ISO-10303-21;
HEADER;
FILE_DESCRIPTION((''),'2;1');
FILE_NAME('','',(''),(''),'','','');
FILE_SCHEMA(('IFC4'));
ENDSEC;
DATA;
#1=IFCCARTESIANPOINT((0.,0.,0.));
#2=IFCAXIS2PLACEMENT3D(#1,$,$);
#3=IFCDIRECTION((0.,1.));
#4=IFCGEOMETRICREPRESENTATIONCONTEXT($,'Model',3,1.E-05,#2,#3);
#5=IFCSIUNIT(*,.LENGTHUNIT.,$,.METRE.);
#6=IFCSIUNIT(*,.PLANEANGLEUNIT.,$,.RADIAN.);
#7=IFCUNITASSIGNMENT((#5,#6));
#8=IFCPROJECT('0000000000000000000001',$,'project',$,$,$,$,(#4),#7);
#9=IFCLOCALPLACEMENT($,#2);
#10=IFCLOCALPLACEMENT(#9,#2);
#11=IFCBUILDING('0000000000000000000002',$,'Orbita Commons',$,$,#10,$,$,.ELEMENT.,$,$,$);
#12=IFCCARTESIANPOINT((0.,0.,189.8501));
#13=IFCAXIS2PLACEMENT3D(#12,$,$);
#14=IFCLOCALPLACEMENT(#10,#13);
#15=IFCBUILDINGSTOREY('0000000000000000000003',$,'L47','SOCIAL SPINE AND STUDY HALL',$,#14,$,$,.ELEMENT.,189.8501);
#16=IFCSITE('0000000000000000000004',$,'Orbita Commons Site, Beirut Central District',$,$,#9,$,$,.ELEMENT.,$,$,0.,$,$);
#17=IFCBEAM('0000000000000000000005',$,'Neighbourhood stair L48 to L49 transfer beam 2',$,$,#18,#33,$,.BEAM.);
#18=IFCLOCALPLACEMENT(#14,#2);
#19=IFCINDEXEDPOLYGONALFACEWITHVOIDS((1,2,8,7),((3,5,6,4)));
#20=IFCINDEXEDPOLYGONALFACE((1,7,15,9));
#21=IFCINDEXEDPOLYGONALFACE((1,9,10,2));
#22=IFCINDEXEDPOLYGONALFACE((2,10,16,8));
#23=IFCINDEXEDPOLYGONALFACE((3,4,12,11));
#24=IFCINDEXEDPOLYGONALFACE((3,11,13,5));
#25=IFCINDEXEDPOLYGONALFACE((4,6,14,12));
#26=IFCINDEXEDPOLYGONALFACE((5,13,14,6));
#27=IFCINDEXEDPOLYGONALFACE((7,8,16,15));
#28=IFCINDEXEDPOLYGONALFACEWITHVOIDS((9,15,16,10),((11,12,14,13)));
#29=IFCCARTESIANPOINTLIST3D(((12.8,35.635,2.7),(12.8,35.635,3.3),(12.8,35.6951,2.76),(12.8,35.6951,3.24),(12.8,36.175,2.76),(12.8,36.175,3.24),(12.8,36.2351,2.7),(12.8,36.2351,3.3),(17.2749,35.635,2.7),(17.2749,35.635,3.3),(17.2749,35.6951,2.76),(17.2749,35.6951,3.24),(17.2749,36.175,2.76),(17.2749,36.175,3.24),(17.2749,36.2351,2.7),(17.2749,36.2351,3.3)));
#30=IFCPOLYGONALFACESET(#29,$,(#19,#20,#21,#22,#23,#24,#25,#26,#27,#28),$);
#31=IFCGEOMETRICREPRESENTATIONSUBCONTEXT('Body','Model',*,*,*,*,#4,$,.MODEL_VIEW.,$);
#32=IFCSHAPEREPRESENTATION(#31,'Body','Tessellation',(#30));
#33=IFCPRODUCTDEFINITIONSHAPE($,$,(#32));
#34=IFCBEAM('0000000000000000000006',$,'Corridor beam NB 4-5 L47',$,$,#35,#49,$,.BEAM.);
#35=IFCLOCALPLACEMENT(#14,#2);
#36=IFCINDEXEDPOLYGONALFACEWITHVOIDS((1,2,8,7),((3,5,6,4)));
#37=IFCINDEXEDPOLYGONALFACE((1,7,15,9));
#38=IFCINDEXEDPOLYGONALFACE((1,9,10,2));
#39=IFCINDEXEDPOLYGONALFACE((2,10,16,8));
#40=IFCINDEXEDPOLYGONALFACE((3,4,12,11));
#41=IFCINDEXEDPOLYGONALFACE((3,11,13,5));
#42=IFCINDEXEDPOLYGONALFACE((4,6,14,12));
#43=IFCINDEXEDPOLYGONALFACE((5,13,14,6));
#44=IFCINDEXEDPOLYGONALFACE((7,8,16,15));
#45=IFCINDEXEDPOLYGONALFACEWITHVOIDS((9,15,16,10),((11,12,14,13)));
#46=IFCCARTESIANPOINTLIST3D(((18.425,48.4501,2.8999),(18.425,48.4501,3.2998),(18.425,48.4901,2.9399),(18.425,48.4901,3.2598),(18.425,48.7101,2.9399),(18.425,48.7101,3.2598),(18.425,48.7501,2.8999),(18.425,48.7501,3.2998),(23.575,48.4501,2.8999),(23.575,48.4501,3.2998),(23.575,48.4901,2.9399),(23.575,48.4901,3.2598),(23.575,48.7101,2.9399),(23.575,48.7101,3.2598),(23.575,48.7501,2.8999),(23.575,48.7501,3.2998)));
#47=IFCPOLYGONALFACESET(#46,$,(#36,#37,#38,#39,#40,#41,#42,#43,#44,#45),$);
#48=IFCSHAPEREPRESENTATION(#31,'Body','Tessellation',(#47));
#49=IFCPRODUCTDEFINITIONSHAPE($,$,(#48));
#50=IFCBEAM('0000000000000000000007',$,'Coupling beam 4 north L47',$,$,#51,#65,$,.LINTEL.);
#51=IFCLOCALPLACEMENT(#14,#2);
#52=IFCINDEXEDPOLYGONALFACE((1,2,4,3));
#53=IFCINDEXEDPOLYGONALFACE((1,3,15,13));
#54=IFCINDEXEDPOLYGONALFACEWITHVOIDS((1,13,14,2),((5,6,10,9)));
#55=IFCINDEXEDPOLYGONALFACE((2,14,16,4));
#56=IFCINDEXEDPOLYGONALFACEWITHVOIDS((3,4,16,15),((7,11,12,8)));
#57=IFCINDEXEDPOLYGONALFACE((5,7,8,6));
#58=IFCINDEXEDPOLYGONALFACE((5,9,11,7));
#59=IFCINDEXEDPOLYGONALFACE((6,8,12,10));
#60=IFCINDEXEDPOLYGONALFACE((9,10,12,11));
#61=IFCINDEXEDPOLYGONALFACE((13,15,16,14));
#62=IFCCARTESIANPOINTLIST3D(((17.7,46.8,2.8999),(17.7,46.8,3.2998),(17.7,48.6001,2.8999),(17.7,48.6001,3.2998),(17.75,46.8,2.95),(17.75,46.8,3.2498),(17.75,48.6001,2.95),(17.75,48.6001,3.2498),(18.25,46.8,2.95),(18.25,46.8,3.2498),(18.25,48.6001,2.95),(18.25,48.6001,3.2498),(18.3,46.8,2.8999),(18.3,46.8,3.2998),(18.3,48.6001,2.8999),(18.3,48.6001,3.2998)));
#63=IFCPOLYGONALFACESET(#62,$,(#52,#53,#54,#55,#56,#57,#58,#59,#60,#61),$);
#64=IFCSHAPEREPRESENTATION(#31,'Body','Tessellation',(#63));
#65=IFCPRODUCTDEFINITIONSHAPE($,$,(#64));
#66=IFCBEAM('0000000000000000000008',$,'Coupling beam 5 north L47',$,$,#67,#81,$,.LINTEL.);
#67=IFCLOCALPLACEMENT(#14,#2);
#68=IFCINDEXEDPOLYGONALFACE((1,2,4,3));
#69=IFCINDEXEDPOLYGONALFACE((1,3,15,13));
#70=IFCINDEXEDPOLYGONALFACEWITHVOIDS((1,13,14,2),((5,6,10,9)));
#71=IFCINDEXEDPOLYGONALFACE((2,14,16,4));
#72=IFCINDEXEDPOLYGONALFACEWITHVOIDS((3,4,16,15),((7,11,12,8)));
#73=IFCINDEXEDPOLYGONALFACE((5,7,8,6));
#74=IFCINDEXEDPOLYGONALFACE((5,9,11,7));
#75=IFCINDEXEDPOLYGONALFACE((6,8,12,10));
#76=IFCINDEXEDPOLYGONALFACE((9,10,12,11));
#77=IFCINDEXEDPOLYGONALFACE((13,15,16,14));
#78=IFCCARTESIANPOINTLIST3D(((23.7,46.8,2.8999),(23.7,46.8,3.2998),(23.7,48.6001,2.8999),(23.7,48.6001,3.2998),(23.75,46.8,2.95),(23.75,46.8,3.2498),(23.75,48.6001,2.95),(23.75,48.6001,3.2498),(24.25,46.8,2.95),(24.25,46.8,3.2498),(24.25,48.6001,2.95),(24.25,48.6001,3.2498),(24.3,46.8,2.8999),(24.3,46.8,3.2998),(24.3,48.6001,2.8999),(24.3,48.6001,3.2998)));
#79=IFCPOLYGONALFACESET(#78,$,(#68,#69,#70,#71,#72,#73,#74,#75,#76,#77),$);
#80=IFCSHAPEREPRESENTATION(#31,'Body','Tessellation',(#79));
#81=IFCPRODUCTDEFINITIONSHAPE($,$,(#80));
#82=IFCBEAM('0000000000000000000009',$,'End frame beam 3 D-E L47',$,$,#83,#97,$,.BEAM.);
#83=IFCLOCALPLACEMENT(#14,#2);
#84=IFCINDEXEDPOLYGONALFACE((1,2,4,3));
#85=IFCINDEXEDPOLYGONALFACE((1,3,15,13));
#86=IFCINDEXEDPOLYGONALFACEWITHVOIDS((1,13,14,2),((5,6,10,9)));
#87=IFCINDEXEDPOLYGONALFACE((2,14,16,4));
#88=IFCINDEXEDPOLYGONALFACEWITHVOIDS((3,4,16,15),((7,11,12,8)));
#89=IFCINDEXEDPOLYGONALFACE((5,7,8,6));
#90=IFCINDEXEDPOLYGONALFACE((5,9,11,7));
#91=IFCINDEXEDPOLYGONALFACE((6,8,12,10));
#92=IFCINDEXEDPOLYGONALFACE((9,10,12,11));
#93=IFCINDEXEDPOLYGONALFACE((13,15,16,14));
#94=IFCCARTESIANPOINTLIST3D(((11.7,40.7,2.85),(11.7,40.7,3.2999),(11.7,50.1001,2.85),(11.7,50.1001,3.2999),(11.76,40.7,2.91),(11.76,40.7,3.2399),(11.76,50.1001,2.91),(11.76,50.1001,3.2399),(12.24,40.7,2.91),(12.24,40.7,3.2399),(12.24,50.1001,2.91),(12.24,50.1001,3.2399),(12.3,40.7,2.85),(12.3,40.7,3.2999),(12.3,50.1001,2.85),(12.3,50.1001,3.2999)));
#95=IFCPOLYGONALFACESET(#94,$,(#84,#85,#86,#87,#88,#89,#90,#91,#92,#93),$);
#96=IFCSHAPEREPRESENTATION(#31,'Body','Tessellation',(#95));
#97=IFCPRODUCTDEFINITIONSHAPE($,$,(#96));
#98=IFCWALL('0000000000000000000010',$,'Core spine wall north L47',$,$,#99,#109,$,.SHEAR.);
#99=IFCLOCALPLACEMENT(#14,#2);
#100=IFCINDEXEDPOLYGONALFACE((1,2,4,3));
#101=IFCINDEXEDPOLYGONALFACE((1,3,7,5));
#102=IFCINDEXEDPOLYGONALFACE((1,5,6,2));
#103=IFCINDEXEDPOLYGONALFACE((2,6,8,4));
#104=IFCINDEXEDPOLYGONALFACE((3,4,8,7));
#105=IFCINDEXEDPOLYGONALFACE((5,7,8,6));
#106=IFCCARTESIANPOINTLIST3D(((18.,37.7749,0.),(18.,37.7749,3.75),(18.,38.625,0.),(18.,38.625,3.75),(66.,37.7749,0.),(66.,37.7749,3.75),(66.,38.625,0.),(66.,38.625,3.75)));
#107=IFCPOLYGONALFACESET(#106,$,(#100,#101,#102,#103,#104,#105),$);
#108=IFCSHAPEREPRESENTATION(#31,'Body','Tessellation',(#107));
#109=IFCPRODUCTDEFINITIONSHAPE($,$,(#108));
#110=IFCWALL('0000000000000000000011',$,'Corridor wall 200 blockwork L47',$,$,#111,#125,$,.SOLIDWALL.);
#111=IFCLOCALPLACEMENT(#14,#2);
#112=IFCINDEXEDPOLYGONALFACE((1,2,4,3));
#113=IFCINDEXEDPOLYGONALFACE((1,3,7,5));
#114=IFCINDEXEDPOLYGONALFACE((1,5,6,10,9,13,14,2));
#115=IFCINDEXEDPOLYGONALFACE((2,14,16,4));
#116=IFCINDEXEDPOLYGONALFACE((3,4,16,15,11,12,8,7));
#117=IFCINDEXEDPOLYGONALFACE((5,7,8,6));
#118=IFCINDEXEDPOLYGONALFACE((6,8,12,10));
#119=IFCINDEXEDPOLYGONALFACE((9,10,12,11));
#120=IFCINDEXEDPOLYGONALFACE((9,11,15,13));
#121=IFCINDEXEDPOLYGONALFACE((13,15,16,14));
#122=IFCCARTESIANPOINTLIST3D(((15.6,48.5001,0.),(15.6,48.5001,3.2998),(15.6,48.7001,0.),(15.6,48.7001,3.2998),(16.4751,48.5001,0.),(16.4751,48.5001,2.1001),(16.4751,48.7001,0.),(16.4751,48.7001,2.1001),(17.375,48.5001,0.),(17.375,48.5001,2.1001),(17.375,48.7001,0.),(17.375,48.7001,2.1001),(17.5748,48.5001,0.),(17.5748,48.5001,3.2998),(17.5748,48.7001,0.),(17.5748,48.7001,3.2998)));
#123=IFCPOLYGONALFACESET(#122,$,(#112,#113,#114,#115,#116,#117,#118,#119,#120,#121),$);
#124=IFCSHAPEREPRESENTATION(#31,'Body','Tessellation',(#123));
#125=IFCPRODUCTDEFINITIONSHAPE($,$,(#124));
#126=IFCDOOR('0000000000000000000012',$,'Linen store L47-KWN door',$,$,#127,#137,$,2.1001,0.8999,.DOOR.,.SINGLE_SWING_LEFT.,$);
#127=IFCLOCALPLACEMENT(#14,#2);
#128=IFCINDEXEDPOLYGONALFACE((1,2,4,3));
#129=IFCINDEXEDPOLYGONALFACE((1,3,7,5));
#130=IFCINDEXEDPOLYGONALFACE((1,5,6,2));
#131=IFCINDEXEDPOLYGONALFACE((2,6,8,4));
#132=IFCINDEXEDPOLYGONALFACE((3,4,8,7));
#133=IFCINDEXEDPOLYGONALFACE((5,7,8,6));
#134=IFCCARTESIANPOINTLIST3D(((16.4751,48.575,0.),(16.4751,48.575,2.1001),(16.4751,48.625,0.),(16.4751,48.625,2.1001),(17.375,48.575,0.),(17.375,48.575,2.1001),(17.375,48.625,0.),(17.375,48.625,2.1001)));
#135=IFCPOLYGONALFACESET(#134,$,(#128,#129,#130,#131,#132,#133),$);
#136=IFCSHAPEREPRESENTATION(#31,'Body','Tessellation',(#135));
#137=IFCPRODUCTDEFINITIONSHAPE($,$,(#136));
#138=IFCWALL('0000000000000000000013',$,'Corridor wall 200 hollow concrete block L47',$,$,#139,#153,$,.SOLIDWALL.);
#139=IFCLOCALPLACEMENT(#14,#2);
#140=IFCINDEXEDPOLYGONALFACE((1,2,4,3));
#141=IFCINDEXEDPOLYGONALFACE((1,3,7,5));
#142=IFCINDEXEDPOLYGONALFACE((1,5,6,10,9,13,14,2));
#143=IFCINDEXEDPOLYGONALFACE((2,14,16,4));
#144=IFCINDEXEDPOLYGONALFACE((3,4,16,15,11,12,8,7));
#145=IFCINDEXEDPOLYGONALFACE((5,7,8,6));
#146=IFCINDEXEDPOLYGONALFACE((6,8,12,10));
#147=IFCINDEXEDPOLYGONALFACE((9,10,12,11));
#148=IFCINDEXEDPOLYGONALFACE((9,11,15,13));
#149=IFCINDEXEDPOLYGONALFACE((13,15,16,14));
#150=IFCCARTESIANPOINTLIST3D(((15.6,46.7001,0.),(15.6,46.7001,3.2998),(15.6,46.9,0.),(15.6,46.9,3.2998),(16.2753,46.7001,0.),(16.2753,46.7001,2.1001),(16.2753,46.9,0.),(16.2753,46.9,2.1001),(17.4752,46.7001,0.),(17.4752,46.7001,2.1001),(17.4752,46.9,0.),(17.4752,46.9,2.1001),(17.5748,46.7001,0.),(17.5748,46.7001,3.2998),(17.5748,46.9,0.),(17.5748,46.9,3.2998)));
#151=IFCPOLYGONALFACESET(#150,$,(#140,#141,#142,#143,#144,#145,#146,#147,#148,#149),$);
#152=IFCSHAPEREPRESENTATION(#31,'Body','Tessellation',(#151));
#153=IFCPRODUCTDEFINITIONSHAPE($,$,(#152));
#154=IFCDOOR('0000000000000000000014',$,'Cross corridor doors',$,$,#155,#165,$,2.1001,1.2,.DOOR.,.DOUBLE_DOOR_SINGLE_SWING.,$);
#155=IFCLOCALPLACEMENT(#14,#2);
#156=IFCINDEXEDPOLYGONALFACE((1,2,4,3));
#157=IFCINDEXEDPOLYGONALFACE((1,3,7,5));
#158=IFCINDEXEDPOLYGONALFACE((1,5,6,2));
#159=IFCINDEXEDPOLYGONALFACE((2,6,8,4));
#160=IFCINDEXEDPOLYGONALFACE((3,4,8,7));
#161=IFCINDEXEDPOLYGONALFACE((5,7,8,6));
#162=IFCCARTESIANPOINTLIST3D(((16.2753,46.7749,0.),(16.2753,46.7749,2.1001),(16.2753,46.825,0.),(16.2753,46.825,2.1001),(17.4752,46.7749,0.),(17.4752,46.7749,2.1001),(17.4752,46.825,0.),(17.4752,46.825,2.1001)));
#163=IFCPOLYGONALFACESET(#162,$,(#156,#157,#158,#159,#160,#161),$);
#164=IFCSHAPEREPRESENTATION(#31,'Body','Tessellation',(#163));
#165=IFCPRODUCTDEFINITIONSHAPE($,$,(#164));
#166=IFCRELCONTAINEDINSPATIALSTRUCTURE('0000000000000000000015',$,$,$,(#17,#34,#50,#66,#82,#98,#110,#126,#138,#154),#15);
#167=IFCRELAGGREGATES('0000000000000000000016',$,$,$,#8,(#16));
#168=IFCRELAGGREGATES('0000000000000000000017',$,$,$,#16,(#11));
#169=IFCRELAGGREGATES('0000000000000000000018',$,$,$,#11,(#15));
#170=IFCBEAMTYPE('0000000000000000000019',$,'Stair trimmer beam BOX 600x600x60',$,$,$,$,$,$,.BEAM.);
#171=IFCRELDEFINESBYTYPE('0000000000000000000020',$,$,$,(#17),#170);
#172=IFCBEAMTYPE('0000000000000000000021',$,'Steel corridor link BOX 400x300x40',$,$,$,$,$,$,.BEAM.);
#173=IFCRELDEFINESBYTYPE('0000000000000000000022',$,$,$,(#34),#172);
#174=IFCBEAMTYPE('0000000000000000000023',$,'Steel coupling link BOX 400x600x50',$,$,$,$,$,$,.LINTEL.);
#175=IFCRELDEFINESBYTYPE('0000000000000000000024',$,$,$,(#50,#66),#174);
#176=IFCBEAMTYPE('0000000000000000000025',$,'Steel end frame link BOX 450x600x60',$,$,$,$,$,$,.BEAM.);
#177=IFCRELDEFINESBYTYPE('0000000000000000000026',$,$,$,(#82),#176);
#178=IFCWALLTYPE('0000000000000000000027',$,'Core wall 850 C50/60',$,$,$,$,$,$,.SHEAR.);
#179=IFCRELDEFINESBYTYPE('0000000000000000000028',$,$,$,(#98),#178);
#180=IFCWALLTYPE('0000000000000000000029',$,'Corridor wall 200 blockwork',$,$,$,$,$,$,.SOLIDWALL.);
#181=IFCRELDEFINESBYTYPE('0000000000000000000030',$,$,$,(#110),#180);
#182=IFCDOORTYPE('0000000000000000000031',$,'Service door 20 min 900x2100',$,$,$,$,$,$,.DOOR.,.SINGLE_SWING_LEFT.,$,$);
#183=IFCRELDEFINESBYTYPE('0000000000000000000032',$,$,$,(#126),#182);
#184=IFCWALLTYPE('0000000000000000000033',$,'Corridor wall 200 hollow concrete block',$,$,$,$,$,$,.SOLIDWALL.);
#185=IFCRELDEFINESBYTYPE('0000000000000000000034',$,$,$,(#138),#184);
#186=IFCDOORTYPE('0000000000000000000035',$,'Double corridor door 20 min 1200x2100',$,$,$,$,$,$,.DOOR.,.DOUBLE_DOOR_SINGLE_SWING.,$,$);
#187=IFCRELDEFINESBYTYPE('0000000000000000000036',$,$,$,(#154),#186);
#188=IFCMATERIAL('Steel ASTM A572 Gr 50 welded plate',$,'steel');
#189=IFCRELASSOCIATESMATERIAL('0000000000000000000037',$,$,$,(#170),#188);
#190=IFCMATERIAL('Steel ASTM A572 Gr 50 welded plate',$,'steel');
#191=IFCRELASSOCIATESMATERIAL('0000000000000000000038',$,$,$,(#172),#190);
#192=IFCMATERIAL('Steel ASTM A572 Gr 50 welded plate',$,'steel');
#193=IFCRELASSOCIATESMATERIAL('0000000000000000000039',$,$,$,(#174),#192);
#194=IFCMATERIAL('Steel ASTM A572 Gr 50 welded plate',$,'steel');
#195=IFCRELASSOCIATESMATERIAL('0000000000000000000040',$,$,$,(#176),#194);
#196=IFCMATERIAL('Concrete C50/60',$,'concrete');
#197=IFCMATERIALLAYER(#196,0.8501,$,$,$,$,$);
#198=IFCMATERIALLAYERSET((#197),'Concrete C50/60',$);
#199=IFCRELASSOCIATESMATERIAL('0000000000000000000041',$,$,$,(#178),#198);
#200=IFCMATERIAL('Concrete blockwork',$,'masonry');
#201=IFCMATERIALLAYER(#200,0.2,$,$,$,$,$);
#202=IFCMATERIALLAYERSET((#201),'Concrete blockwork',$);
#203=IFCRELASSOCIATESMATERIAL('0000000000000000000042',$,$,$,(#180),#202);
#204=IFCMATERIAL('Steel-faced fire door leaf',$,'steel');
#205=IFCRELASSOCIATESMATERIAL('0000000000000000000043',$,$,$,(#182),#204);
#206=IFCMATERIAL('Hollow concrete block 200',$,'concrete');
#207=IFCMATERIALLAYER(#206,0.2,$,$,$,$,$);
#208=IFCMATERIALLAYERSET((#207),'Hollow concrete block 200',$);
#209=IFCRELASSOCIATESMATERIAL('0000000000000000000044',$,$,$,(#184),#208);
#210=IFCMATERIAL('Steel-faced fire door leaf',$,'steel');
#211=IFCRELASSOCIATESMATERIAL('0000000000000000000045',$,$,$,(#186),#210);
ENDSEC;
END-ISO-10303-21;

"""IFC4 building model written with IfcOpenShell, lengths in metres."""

from ifc_helpers import new_model, si_unit, direction, frame, frame_2d, origin, origin_2d, place, context, subcontext, project, spatial, rectangle, hollow_rectangle, extrude, material, layer, layer_set, material_profile, profile_set, type_object, element, fill, save


model = new_model("IFC4")

# Units and contexts
model_context = context("Model", 3, precision=1e-05, world=origin(), true_north=direction((0.0, 1.0)))
body_context = subcontext(model_context, "Body", "Model", "MODEL_VIEW")
ifc_project = project(units=[si_unit("LENGTHUNIT", "METRE"), si_unit("PLANEANGLEUNIT", "RADIAN")], contexts=[model_context])

# Site, building, storey
site_placement = place(None, origin())
site = spatial("IfcSite", under=ifc_project, at=site_placement, Name="Orbita Commons Site, Beirut Central District", CompositionType="ELEMENT", RefElevation=0.0)
building_placement = place(site_placement, origin())
building = spatial("IfcBuilding", under=site, at=building_placement, Name="Orbita Commons", CompositionType="ELEMENT")
storey_placement = place(building_placement, frame((0.0, 0.0, 189.8501)))
storey = spatial("IfcBuildingStorey", under=building, at=storey_placement, Name="L47", Description="SOCIAL SPINE AND STUDY HALL", CompositionType="ELEMENT", Elevation=189.8501)

# Beams
ifc_material_1 = material(Name="Steel ASTM A572 Gr 50 welded plate", Category="steel")
ifc_material_profile_1 = material_profile(ifc_material_1, hollow_rectangle(XDim=0.6001, YDim=0.6001, WallThickness=0.0601, at=origin_2d()), Name="BOX 600x600x60")
ifc_profile_set_1 = profile_set([ifc_material_profile_1], Name="Steel ASTM A572 Gr 50 welded plate")
beam_type_1 = type_object("IfcBeamType", Name="Stair trimmer beam BOX 600x600x60", PredefinedType="BEAM", material=ifc_profile_set_1)
beam_1_placement = place(storey_placement, frame((12.8, 35.9351, 3.0), z_axis=(1.0, 0.0, 0.0), x_axis=(0.0, 1.0, 0.0)))
element("IfcBeam", 1, at=beam_1_placement, inside=storey, type_object=beam_type_1, Name="Neighbourhood stair L48 to L49 transfer beam 2", PredefinedType="BEAM", context=body_context, shape_type="SweptSolid", body=[
    extrude(hollow_rectangle(XDim=0.6001, YDim=0.6001, WallThickness=0.0601, at=origin_2d()), origin(), (0.0, 0.0, 1.0), 4.4749),
])
ifc_material_2 = material(Name="Steel ASTM A572 Gr 50 welded plate", Category="steel")
ifc_material_profile_2 = material_profile(ifc_material_2, hollow_rectangle(XDim=0.3, YDim=0.3999, WallThickness=0.04, at=origin_2d()), Name="BOX 400x300x40")
ifc_profile_set_2 = profile_set([ifc_material_profile_2], Name="Steel ASTM A572 Gr 50 welded plate")
beam_type_2 = type_object("IfcBeamType", Name="Steel corridor link BOX 400x300x40", PredefinedType="BEAM", material=ifc_profile_set_2)
beam_2_placement = place(storey_placement, frame((18.425, 48.6001, 3.0999), z_axis=(1.0, 0.0, 0.0), x_axis=(0.0, 1.0, 0.0)))
element("IfcBeam", 2, at=beam_2_placement, inside=storey, type_object=beam_type_2, Name="Corridor beam NB 4-5 L47", PredefinedType="BEAM", context=body_context, shape_type="SweptSolid", body=[
    extrude(hollow_rectangle(XDim=0.3, YDim=0.3999, WallThickness=0.04, at=origin_2d()), origin(), (0.0, 0.0, 1.0), 5.1499),
])
ifc_material_3 = material(Name="Steel ASTM A572 Gr 50 welded plate", Category="steel")
ifc_material_profile_3 = material_profile(ifc_material_3, hollow_rectangle(XDim=0.6001, YDim=0.3999, WallThickness=0.05, at=origin_2d()), Name="BOX 400x600x50")
ifc_profile_set_3 = profile_set([ifc_material_profile_3], Name="Steel ASTM A572 Gr 50 welded plate")
beam_type_3 = type_object("IfcBeamType", Name="Steel coupling link BOX 400x600x50", PredefinedType="LINTEL", material=ifc_profile_set_3)
for number, where, z_axis, x_axis, name in (
    (3, (18.0, 46.8, 3.0999), (0.0, 1.0, 0.0), (-1.0, 0.0, 0.0), "Coupling beam 4 north L47"),
    (4, (24.0, 46.8, 3.0999), (0.0, 1.0, 0.0), (-1.0, 0.0, 0.0), "Coupling beam 5 north L47"),
):
    element("IfcBeam", number, at=place(storey_placement, frame(where, z_axis=z_axis, x_axis=x_axis)), inside=storey, type_object=beam_type_3, Name=name, PredefinedType="LINTEL", context=body_context, shape_type="SweptSolid", body=[
        extrude(hollow_rectangle(XDim=0.6001, YDim=0.3999, WallThickness=0.05, at=origin_2d()), origin(), (0.0, 0.0, 1.0), 1.8),
    ])
ifc_material_4 = material(Name="Steel ASTM A572 Gr 50 welded plate", Category="steel")
ifc_material_profile_4 = material_profile(ifc_material_4, hollow_rectangle(XDim=0.6001, YDim=0.45, WallThickness=0.0601, at=origin_2d()), Name="BOX 450x600x60")
ifc_profile_set_4 = profile_set([ifc_material_profile_4], Name="Steel ASTM A572 Gr 50 welded plate")
beam_type_4 = type_object("IfcBeamType", Name="Steel end frame link BOX 450x600x60", PredefinedType="BEAM", material=ifc_profile_set_4)
beam_3_placement = place(storey_placement, frame((12.0, 40.7, 3.075), z_axis=(0.0, 1.0, 0.0), x_axis=(-1.0, 0.0, 0.0)))
element("IfcBeam", 5, at=beam_3_placement, inside=storey, type_object=beam_type_4, Name="End frame beam 3 D-E L47", PredefinedType="BEAM", context=body_context, shape_type="SweptSolid", body=[
    extrude(hollow_rectangle(XDim=0.6001, YDim=0.45, WallThickness=0.0601, at=origin_2d()), origin(), (0.0, 0.0, 1.0), 9.4001),
])

# Wall
ifc_material_5 = material(Name="Concrete C50/60", Category="concrete")
ifc_layer_1 = layer(ifc_material_5, 0.8501)
ifc_layer_set_1 = layer_set([ifc_layer_1], Name="Concrete C50/60")
wall_type_1 = type_object("IfcWallType", Name="Core wall 850 C50/60", PredefinedType="SHEAR", material=ifc_layer_set_1)
wall_1_placement = place(storey_placement, frame((18.0, 38.2, 0.0), z_axis=(0.0, 0.0, 1.0), x_axis=(1.0, 0.0, 0.0)))
element("IfcWall", 6, at=wall_1_placement, inside=storey, type_object=wall_type_1, Name="Core spine wall north L47", PredefinedType="SHEAR", context=body_context, shape_type="SweptSolid", body=[
    extrude(rectangle(XDim=48.0, YDim=0.8501, at=frame_2d((24.0, 0.0))), origin(), (0.0, 0.0, 1.0), 3.75),
])

# Walls, openings, doors
ifc_material_6 = material(Name="Concrete blockwork", Category="masonry")
ifc_layer_2 = layer(ifc_material_6, 0.2)
ifc_layer_set_2 = layer_set([ifc_layer_2], Name="Concrete blockwork")
wall_type_2 = type_object("IfcWallType", Name="Corridor wall 200 blockwork", PredefinedType="SOLIDWALL", material=ifc_layer_set_2)
wall_2_placement = place(storey_placement, frame((15.6001, 48.6001, 0.0), z_axis=(0.0, 0.0, 1.0), x_axis=(1.0, 0.0, 0.0)))
wall_2 = element("IfcWall", 7, at=wall_2_placement, inside=storey, type_object=wall_type_2, Name="Corridor wall 200 blockwork L47", PredefinedType="SOLIDWALL", context=body_context, shape_type="SweptSolid", body=[
    extrude(rectangle(XDim=1.9749, YDim=0.2, at=frame_2d((0.9873, 0.0))), origin(), (0.0, 0.0, 1.0), 3.2998),
])
opening_1_placement = place(wall_2_placement, frame((0.875, 0.0, 0.0)))
opening_1 = element("IfcOpeningElement", 8, at=opening_1_placement, cuts=wall_2, PredefinedType="OPENING", context=body_context, shape_type="SweptSolid", body=[
    extrude(rectangle(XDim=0.8999, YDim=2.1001, at=frame_2d((0.45, 1.05))), frame((0.0, 0.1099, 0.0), z_axis=(0.0, -1.0, 0.0), x_axis=(1.0, 0.0, 0.0)), (0.0, 0.0, 1.0), 0.22),
])
ifc_material_7 = material(Name="Steel-faced fire door leaf", Category="steel")
door_type_1 = type_object("IfcDoorType", Name="Service door 20 min 900x2100", OperationType="SINGLE_SWING_LEFT", PredefinedType="DOOR", material=ifc_material_7)
door_1_placement = place(opening_1_placement, origin())
door_1 = element("IfcDoor", 9, at=door_1_placement, inside=storey, type_object=door_type_1, Name="Linen store L47-KWN door", OperationType="SINGLE_SWING_LEFT", OverallHeight=2.1001, OverallWidth=0.8999, PredefinedType="DOOR", context=body_context, shape_type="SweptSolid", body=[
    extrude(rectangle(XDim=0.8999, YDim=2.1001, at=frame_2d((0.45, 1.05))), frame((0.0, 0.0249, 0.0), z_axis=(0.0, -1.0, 0.0), x_axis=(1.0, 0.0, 0.0)), (0.0, 0.0, 1.0), 0.05),
])
fill(opening_1, door_1)
ifc_material_8 = material(Name="Hollow concrete block 200", Category="concrete")
ifc_layer_3 = layer(ifc_material_8, 0.2)
ifc_layer_set_3 = layer_set([ifc_layer_3], Name="Hollow concrete block 200")
wall_type_3 = type_object("IfcWallType", Name="Corridor wall 200 hollow concrete block", PredefinedType="SOLIDWALL", material=ifc_layer_set_3)
wall_3_placement = place(storey_placement, frame((15.6001, 46.8, 0.0), z_axis=(0.0, 0.0, 1.0), x_axis=(1.0, 0.0, 0.0)))
wall_3 = element("IfcWall", 10, at=wall_3_placement, inside=storey, type_object=wall_type_3, Name="Corridor wall 200 hollow concrete block L47", PredefinedType="SOLIDWALL", context=body_context, shape_type="SweptSolid", body=[
    extrude(rectangle(XDim=1.9749, YDim=0.2, at=frame_2d((0.9873, 0.0))), origin(), (0.0, 0.0, 1.0), 3.2998),
])
opening_2_placement = place(wall_3_placement, frame((0.675, 0.0, 0.0)))
opening_2 = element("IfcOpeningElement", 11, at=opening_2_placement, cuts=wall_3, PredefinedType="OPENING", context=body_context, shape_type="SweptSolid", body=[
    extrude(rectangle(XDim=1.2, YDim=2.1001, at=frame_2d((0.6001, 1.05))), frame((0.0, 0.1099, 0.0), z_axis=(0.0, -1.0, 0.0), x_axis=(1.0, 0.0, 0.0)), (0.0, 0.0, 1.0), 0.22),
])
ifc_material_9 = material(Name="Steel-faced fire door leaf", Category="steel")
door_type_2 = type_object("IfcDoorType", Name="Double corridor door 20 min 1200x2100", OperationType="DOUBLE_DOOR_SINGLE_SWING", PredefinedType="DOOR", material=ifc_material_9)
door_2_placement = place(opening_2_placement, origin())
door_2 = element("IfcDoor", 12, at=door_2_placement, inside=storey, type_object=door_type_2, Name="Cross corridor doors", OperationType="DOUBLE_DOOR_SINGLE_SWING", OverallHeight=2.1001, OverallWidth=1.2, PredefinedType="DOOR", context=body_context, shape_type="SweptSolid", body=[
    extrude(rectangle(XDim=1.2, YDim=2.1001, at=frame_2d((0.6001, 1.05))), frame((0.0, 0.0249, 0.0), z_axis=(0.0, -1.0, 0.0), x_axis=(1.0, 0.0, 0.0)), (0.0, 0.0, 1.0), 0.05),
])
fill(opening_2, door_2)

save(model, "model.ifc")
